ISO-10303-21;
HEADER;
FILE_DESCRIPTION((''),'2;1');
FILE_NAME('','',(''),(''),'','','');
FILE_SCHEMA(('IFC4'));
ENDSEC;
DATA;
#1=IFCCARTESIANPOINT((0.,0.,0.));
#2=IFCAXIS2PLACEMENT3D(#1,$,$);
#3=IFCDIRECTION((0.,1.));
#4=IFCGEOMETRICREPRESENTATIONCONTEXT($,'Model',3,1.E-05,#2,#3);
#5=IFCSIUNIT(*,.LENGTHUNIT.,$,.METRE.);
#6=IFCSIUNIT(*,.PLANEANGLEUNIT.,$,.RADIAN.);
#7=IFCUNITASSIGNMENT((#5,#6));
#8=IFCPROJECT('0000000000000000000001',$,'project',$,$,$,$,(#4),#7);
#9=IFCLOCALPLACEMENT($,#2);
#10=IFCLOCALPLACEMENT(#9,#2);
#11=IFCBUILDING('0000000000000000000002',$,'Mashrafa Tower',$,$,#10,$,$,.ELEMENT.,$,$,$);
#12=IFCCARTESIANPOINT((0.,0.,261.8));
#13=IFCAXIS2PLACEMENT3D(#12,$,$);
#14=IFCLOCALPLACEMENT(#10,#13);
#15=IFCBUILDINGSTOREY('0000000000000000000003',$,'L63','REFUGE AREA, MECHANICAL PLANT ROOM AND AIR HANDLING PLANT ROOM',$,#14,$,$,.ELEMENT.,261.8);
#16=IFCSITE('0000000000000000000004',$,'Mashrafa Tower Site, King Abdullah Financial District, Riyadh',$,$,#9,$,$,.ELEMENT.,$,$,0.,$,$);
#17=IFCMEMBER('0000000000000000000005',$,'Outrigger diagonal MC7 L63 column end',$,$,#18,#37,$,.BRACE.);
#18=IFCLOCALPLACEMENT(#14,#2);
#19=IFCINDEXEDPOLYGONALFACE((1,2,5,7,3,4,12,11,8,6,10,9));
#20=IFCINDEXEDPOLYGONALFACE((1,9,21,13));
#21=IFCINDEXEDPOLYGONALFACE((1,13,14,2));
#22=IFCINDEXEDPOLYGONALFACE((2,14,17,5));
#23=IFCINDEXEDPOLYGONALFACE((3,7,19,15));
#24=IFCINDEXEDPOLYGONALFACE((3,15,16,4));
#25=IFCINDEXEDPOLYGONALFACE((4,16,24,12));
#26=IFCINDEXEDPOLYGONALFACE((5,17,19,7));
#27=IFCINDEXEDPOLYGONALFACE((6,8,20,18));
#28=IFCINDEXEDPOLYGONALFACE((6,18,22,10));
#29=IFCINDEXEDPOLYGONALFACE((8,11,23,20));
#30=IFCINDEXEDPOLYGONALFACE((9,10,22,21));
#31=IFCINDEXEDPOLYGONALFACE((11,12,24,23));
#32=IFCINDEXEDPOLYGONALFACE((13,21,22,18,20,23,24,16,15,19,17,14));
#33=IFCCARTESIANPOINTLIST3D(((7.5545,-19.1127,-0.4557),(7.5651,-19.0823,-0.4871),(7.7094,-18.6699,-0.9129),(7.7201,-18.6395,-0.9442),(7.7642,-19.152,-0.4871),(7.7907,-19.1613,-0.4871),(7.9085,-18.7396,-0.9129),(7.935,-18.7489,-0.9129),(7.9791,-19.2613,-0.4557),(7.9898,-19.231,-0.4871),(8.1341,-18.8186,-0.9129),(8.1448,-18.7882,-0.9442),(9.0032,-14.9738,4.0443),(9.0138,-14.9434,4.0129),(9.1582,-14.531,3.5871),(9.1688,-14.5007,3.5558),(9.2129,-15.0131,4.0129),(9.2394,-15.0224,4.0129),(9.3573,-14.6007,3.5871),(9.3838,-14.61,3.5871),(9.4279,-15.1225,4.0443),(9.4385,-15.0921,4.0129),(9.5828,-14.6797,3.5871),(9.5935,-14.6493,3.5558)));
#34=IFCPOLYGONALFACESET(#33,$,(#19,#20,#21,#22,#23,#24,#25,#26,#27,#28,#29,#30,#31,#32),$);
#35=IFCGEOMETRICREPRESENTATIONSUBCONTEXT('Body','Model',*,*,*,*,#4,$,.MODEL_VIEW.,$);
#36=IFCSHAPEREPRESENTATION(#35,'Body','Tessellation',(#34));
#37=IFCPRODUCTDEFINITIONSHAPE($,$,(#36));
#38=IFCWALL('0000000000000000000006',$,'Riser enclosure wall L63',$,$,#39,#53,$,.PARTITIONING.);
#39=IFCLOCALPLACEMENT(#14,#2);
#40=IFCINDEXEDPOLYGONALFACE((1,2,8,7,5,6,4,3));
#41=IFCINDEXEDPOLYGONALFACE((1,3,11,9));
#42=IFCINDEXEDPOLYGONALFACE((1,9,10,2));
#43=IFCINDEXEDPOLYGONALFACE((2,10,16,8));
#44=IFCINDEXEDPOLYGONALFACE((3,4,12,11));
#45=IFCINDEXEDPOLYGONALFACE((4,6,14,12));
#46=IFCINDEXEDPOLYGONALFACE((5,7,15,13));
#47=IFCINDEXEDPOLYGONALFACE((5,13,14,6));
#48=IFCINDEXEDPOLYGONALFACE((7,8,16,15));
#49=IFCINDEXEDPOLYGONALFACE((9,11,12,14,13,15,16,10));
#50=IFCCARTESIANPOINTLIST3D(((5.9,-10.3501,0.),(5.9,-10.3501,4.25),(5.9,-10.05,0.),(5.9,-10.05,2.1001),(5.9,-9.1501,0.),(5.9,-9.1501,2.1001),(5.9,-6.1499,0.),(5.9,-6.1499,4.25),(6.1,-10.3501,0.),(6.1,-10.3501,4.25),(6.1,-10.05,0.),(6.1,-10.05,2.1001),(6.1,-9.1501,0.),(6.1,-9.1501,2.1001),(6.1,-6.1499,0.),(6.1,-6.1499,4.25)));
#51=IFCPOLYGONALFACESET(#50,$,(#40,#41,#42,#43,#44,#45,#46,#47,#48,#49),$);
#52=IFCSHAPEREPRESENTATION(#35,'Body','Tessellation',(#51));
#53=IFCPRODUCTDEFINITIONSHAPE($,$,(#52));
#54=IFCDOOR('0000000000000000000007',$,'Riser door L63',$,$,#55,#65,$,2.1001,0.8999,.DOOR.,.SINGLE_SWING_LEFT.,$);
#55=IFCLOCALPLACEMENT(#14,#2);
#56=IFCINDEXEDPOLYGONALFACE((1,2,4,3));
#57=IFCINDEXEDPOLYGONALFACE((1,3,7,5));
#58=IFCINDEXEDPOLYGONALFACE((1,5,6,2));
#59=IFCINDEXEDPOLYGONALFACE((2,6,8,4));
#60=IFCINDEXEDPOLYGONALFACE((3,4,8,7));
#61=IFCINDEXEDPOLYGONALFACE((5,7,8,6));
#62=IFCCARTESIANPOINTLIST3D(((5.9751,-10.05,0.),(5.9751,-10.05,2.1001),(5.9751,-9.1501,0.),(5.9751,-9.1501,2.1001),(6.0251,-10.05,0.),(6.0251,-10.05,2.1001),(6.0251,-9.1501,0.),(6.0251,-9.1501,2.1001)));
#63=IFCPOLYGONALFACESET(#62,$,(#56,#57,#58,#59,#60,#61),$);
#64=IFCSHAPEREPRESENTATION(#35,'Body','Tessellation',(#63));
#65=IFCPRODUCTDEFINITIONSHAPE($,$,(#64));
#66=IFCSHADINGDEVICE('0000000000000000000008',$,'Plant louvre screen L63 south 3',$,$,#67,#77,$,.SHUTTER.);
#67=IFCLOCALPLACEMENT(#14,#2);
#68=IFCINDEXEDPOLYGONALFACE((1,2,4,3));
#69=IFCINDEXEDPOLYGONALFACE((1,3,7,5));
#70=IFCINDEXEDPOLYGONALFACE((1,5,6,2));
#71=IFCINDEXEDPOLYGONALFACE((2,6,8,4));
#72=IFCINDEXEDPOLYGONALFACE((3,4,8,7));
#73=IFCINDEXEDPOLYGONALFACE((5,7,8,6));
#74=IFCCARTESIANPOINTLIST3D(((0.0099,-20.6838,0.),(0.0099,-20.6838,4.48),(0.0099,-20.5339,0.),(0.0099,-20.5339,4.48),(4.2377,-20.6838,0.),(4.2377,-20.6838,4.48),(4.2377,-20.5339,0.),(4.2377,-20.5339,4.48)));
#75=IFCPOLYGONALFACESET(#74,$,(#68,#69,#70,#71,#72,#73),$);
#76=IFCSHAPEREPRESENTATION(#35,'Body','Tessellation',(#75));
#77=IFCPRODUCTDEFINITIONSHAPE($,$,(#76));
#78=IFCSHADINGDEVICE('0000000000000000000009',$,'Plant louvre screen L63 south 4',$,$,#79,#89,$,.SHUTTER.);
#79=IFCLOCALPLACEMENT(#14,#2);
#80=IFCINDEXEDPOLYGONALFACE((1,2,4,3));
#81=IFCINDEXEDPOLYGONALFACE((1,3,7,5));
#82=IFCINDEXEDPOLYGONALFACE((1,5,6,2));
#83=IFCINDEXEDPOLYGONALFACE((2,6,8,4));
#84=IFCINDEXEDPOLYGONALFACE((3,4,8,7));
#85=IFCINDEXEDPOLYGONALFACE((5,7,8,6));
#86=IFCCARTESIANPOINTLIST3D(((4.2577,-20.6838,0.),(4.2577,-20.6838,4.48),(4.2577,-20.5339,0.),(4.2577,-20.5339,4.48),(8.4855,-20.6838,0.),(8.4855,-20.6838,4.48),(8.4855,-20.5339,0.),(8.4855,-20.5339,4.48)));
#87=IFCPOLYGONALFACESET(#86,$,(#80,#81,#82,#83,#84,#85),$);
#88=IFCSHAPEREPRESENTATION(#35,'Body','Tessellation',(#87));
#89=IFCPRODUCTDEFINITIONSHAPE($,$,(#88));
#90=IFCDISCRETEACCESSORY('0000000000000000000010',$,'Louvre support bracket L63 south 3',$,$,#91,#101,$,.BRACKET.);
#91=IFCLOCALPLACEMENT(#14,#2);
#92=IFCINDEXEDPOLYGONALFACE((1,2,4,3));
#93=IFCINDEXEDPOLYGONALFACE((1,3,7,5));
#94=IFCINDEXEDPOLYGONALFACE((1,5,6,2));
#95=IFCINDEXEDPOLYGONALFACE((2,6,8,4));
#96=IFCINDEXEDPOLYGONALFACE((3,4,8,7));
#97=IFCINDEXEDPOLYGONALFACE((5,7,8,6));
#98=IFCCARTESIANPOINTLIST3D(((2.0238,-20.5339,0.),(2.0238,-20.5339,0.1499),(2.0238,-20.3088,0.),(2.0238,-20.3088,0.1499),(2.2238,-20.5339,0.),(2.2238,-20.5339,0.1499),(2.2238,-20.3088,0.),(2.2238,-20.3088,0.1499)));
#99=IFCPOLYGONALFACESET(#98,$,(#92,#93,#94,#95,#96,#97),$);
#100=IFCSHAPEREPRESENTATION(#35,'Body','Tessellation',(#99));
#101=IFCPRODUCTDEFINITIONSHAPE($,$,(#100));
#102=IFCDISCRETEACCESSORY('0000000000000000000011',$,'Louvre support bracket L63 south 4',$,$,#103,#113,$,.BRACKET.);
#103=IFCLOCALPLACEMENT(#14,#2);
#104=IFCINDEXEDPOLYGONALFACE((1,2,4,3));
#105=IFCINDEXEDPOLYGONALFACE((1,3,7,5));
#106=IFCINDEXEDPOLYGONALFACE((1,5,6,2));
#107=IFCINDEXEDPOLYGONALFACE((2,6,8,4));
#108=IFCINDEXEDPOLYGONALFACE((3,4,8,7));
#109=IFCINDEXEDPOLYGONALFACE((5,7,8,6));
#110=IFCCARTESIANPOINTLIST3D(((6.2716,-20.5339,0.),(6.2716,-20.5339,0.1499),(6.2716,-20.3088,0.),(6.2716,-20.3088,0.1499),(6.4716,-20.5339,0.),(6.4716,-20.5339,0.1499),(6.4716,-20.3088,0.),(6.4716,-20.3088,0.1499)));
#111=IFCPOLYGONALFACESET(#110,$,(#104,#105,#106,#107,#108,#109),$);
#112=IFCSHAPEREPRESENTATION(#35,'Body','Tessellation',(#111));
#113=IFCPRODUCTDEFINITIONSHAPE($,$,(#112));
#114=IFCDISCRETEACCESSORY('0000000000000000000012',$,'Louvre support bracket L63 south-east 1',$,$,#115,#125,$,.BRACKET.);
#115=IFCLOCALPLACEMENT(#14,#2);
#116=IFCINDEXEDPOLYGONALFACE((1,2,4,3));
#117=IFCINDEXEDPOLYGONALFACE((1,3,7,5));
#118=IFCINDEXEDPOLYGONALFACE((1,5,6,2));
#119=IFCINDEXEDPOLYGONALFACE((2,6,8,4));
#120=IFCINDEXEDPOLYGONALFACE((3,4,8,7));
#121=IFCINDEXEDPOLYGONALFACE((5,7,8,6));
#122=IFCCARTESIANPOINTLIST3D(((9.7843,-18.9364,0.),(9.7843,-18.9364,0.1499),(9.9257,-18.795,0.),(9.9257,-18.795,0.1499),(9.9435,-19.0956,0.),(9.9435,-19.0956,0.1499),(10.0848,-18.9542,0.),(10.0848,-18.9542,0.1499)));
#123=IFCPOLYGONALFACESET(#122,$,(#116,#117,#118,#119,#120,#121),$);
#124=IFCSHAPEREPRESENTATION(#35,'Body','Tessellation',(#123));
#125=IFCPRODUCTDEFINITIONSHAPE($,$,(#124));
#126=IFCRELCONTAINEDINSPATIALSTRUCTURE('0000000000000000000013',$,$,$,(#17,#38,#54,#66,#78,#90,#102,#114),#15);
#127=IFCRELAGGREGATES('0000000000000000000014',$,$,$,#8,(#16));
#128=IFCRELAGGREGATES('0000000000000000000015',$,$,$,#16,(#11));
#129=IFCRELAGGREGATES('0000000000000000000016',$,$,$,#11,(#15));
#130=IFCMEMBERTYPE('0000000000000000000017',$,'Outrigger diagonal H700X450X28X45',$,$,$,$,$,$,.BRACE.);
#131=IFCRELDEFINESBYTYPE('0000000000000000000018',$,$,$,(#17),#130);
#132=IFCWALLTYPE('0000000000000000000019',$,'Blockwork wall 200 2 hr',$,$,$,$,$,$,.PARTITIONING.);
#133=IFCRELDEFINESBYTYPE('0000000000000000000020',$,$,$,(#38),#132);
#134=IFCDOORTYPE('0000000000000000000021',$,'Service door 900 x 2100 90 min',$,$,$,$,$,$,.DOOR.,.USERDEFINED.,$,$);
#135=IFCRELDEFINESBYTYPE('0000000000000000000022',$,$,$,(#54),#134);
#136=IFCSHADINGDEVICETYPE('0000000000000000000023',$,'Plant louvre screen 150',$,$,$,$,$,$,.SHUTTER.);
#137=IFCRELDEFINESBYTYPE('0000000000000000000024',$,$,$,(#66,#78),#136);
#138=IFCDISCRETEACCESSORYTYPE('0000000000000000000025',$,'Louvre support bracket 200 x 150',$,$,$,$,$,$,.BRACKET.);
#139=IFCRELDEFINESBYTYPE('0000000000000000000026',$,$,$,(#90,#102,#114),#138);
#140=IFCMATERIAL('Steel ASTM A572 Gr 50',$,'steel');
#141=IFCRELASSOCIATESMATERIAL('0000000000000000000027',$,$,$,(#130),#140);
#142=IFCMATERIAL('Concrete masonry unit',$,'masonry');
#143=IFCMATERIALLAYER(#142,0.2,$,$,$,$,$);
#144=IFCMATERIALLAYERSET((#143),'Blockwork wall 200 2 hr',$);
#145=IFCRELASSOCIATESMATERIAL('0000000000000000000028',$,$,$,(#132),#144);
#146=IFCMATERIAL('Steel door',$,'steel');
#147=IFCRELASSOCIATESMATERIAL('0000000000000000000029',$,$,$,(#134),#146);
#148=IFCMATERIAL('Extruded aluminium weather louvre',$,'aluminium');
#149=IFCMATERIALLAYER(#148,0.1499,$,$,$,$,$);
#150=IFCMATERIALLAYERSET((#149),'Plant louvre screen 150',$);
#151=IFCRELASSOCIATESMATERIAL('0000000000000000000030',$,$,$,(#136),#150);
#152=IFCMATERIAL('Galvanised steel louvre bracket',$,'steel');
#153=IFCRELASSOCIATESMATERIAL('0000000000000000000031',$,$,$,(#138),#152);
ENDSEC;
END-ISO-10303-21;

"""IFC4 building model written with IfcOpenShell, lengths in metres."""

from ifc_helpers import new_model, si_unit, direction, frame, frame_2d, origin, origin_2d, place, context, subcontext, project, spatial, rectangle, i_section, extrude, source, transform, mapped, material, layer, layer_set, material_profile, profile_set, type_object, type_shapes, element, fill, save


model = new_model("IFC4")

# Units and contexts
model_context = context("Model", 3, precision=1e-05, world=origin(), true_north=direction((0.0, 1.0)))
body_context = subcontext(model_context, "Body", "Model", "MODEL_VIEW")
ifc_project = project(units=[si_unit("LENGTHUNIT", "METRE"), si_unit("PLANEANGLEUNIT", "RADIAN")], contexts=[model_context])

# Site, building, storey
site_placement = place(None, origin())
site = spatial("IfcSite", under=ifc_project, at=site_placement, Name="Mashrafa Tower Site, King Abdullah Financial District, Riyadh", CompositionType="ELEMENT", RefElevation=0.0)
building_placement = place(site_placement, origin())
building = spatial("IfcBuilding", under=site, at=building_placement, Name="Mashrafa Tower", CompositionType="ELEMENT")
storey_placement = place(building_placement, frame((0.0, 0.0, 261.8)))
storey = spatial("IfcBuildingStorey", under=building, at=storey_placement, Name="L63", Description="REFUGE AREA, MECHANICAL PLANT ROOM AND AIR HANDLING PLANT ROOM", CompositionType="ELEMENT", Elevation=261.8)

# Member
ifc_material_1 = material(Name="Steel ASTM A572 Gr 50", Category="steel")
ifc_material_profile_1 = material_profile(ifc_material_1, i_section(OverallWidth=0.45, OverallDepth=0.7, WebThickness=0.0281, FlangeThickness=0.0449, at=origin_2d()), Name="H700X450X28X45")
ifc_profile_set_1 = profile_set([ifc_material_profile_1], Name="Steel ASTM A572 Gr 50")
member_type_1 = type_object("IfcMemberType", Name="Outrigger diagonal H700X450X28X45", PredefinedType="BRACE", material=ifc_profile_set_1)
shared_shape_1 = source(origin(), body_context, "Body", "SweptSolid", [
    extrude(i_section(OverallWidth=0.45, OverallDepth=0.7, WebThickness=0.0281, FlangeThickness=0.0449, at=origin_2d()), origin(), (0.0, 0.0, 1.0), 6.2832),
])
type_shapes(member_type_1, [shared_shape_1])
member_1_placement = place(storey_placement, frame((7.8496, -18.9504, -0.7), z_axis=(0.23057, 0.65872, 0.716188), x_axis=(-0.943851, 0.330373, 0.0)))
element("IfcMember", 1, at=member_1_placement, inside=storey, type_object=member_type_1, Name="Outrigger diagonal MC7 L63 column end", PredefinedType="BRACE", context=body_context, shape_type="MappedRepresentation", body=[
    mapped(shared_shape_1, transform((0.0, 0.0, 0.0))),
])

# Wall, opening, door
ifc_material_2 = material(Name="Concrete masonry unit", Category="masonry")
ifc_layer_1 = layer(ifc_material_2, 0.2)
ifc_layer_set_1 = layer_set([ifc_layer_1], Name="Blockwork wall 200 2 hr")
wall_type = type_object("IfcWallType", Name="Blockwork wall 200 2 hr", PredefinedType="PARTITIONING", material=ifc_layer_set_1)
wall_placement = place(storey_placement, frame((6.0, -10.3501, 0.0), z_axis=(0.0, 0.0, 1.0), x_axis=(0.0, 1.0, 0.0)))
wall = element("IfcWall", 2, at=wall_placement, inside=storey, type_object=wall_type, Name="Riser enclosure wall L63", PredefinedType="PARTITIONING", context=body_context, shape_type="SweptSolid", body=[
    extrude(rectangle(XDim=4.2002, YDim=0.2, at=frame_2d((2.1001, 0.0))), origin(), (0.0, 0.0, 1.0), 4.25),
])
opening_placement = place(wall_placement, frame((0.3, 0.0, 0.0)))
opening = element("IfcOpeningElement", 3, at=opening_placement, cuts=wall, PredefinedType="OPENING", context=body_context, shape_type="SweptSolid", body=[
    extrude(rectangle(XDim=0.8999, YDim=2.1001, at=frame_2d((0.45, 1.05))), frame((0.0, 0.1099, 0.0), z_axis=(0.0, -1.0, 0.0), x_axis=(1.0, 0.0, 0.0)), (0.0, 0.0, 1.0), 0.22),
])
ifc_material_3 = material(Name="Steel door", Category="steel")
door_type = type_object("IfcDoorType", Name="Service door 900 x 2100 90 min", OperationType="USERDEFINED", PredefinedType="DOOR", material=ifc_material_3)
door_placement = place(opening_placement, origin())
door = element("IfcDoor", 4, at=door_placement, inside=storey, type_object=door_type, Name="Riser door L63", OperationType="SINGLE_SWING_LEFT", OverallHeight=2.1001, OverallWidth=0.8999, PredefinedType="DOOR", context=body_context, shape_type="SweptSolid", body=[
    extrude(rectangle(XDim=0.8999, YDim=2.1001, at=frame_2d((0.45, 1.05))), frame((0.0, 0.0249, 0.0), z_axis=(0.0, -1.0, 0.0), x_axis=(1.0, 0.0, 0.0)), (0.0, 0.0, 1.0), 0.05),
])
fill(opening, door)

# Shading devices
ifc_material_4 = material(Name="Extruded aluminium weather louvre", Category="aluminium")
ifc_layer_2 = layer(ifc_material_4, 0.1499)
ifc_layer_set_2 = layer_set([ifc_layer_2], Name="Plant louvre screen 150")
shading_device_type = type_object("IfcShadingDeviceType", Name="Plant louvre screen 150", PredefinedType="SHUTTER", material=ifc_layer_set_2)
shared_shape_2 = source(origin(), body_context, "Body", "SweptSolid", [
    extrude(rectangle(XDim=4.2278, YDim=0.1499, at=origin_2d()), origin(), (0.0, 0.0, 1.0), 4.48),
])
type_shapes(shading_device_type, [shared_shape_2])
for number, where, z_axis, x_axis, name in (
    (5, (2.1238, -20.6089, 0.0), (0.0, 0.0, 1.0), (1.0, 0.0, 0.0), "Plant louvre screen L63 south 3"),
    (6, (6.3716, -20.6089, 0.0), (0.0, 0.0, 1.0), (1.0, 0.0, 0.0), "Plant louvre screen L63 south 4"),
):
    element("IfcShadingDevice", number, at=place(storey_placement, frame(where, z_axis=z_axis, x_axis=x_axis)), inside=storey, type_object=shading_device_type, Name=name, PredefinedType="SHUTTER", context=body_context, shape_type="MappedRepresentation", body=[
        mapped(shared_shape_2, transform((0.0, 0.0, 0.0))),
    ])

# Discrete accessories
ifc_material_5 = material(Name="Galvanised steel louvre bracket", Category="steel")
discrete_accessory_type = type_object("IfcDiscreteAccessoryType", Name="Louvre support bracket 200 x 150", PredefinedType="BRACKET", material=ifc_material_5)
shared_shape_3 = source(origin(), body_context, "Body", "SweptSolid", [
    extrude(rectangle(XDim=0.2, YDim=0.2251, at=origin_2d()), origin(), (0.0, 0.0, 1.0), 0.1499),
])
type_shapes(discrete_accessory_type, [shared_shape_3])
for number, where, z_axis, x_axis, name in (
    (7, (2.1238, -20.4214, 0.0), (0.0, 0.0, 1.0), (1.0, 0.0, 0.0), "Louvre support bracket L63 south 3"),
    (8, (6.3716, -20.4214, 0.0), (0.0, 0.0, 1.0), (1.0, 0.0, 0.0), "Louvre support bracket L63 south 4"),
    (9, (9.9346, -18.9453, 0.0), (0.0, 0.0, 1.0), (0.707107, 0.707107, 0.0), "Louvre support bracket L63 south-east 1"),
):
    element("IfcDiscreteAccessory", number, at=place(storey_placement, frame(where, z_axis=z_axis, x_axis=x_axis)), inside=storey, type_object=discrete_accessory_type, Name=name, PredefinedType="BRACKET", context=body_context, shape_type="MappedRepresentation", body=[
        mapped(shared_shape_3, transform((0.0, 0.0, 0.0))),
    ])

save(model, "model.ifc")
